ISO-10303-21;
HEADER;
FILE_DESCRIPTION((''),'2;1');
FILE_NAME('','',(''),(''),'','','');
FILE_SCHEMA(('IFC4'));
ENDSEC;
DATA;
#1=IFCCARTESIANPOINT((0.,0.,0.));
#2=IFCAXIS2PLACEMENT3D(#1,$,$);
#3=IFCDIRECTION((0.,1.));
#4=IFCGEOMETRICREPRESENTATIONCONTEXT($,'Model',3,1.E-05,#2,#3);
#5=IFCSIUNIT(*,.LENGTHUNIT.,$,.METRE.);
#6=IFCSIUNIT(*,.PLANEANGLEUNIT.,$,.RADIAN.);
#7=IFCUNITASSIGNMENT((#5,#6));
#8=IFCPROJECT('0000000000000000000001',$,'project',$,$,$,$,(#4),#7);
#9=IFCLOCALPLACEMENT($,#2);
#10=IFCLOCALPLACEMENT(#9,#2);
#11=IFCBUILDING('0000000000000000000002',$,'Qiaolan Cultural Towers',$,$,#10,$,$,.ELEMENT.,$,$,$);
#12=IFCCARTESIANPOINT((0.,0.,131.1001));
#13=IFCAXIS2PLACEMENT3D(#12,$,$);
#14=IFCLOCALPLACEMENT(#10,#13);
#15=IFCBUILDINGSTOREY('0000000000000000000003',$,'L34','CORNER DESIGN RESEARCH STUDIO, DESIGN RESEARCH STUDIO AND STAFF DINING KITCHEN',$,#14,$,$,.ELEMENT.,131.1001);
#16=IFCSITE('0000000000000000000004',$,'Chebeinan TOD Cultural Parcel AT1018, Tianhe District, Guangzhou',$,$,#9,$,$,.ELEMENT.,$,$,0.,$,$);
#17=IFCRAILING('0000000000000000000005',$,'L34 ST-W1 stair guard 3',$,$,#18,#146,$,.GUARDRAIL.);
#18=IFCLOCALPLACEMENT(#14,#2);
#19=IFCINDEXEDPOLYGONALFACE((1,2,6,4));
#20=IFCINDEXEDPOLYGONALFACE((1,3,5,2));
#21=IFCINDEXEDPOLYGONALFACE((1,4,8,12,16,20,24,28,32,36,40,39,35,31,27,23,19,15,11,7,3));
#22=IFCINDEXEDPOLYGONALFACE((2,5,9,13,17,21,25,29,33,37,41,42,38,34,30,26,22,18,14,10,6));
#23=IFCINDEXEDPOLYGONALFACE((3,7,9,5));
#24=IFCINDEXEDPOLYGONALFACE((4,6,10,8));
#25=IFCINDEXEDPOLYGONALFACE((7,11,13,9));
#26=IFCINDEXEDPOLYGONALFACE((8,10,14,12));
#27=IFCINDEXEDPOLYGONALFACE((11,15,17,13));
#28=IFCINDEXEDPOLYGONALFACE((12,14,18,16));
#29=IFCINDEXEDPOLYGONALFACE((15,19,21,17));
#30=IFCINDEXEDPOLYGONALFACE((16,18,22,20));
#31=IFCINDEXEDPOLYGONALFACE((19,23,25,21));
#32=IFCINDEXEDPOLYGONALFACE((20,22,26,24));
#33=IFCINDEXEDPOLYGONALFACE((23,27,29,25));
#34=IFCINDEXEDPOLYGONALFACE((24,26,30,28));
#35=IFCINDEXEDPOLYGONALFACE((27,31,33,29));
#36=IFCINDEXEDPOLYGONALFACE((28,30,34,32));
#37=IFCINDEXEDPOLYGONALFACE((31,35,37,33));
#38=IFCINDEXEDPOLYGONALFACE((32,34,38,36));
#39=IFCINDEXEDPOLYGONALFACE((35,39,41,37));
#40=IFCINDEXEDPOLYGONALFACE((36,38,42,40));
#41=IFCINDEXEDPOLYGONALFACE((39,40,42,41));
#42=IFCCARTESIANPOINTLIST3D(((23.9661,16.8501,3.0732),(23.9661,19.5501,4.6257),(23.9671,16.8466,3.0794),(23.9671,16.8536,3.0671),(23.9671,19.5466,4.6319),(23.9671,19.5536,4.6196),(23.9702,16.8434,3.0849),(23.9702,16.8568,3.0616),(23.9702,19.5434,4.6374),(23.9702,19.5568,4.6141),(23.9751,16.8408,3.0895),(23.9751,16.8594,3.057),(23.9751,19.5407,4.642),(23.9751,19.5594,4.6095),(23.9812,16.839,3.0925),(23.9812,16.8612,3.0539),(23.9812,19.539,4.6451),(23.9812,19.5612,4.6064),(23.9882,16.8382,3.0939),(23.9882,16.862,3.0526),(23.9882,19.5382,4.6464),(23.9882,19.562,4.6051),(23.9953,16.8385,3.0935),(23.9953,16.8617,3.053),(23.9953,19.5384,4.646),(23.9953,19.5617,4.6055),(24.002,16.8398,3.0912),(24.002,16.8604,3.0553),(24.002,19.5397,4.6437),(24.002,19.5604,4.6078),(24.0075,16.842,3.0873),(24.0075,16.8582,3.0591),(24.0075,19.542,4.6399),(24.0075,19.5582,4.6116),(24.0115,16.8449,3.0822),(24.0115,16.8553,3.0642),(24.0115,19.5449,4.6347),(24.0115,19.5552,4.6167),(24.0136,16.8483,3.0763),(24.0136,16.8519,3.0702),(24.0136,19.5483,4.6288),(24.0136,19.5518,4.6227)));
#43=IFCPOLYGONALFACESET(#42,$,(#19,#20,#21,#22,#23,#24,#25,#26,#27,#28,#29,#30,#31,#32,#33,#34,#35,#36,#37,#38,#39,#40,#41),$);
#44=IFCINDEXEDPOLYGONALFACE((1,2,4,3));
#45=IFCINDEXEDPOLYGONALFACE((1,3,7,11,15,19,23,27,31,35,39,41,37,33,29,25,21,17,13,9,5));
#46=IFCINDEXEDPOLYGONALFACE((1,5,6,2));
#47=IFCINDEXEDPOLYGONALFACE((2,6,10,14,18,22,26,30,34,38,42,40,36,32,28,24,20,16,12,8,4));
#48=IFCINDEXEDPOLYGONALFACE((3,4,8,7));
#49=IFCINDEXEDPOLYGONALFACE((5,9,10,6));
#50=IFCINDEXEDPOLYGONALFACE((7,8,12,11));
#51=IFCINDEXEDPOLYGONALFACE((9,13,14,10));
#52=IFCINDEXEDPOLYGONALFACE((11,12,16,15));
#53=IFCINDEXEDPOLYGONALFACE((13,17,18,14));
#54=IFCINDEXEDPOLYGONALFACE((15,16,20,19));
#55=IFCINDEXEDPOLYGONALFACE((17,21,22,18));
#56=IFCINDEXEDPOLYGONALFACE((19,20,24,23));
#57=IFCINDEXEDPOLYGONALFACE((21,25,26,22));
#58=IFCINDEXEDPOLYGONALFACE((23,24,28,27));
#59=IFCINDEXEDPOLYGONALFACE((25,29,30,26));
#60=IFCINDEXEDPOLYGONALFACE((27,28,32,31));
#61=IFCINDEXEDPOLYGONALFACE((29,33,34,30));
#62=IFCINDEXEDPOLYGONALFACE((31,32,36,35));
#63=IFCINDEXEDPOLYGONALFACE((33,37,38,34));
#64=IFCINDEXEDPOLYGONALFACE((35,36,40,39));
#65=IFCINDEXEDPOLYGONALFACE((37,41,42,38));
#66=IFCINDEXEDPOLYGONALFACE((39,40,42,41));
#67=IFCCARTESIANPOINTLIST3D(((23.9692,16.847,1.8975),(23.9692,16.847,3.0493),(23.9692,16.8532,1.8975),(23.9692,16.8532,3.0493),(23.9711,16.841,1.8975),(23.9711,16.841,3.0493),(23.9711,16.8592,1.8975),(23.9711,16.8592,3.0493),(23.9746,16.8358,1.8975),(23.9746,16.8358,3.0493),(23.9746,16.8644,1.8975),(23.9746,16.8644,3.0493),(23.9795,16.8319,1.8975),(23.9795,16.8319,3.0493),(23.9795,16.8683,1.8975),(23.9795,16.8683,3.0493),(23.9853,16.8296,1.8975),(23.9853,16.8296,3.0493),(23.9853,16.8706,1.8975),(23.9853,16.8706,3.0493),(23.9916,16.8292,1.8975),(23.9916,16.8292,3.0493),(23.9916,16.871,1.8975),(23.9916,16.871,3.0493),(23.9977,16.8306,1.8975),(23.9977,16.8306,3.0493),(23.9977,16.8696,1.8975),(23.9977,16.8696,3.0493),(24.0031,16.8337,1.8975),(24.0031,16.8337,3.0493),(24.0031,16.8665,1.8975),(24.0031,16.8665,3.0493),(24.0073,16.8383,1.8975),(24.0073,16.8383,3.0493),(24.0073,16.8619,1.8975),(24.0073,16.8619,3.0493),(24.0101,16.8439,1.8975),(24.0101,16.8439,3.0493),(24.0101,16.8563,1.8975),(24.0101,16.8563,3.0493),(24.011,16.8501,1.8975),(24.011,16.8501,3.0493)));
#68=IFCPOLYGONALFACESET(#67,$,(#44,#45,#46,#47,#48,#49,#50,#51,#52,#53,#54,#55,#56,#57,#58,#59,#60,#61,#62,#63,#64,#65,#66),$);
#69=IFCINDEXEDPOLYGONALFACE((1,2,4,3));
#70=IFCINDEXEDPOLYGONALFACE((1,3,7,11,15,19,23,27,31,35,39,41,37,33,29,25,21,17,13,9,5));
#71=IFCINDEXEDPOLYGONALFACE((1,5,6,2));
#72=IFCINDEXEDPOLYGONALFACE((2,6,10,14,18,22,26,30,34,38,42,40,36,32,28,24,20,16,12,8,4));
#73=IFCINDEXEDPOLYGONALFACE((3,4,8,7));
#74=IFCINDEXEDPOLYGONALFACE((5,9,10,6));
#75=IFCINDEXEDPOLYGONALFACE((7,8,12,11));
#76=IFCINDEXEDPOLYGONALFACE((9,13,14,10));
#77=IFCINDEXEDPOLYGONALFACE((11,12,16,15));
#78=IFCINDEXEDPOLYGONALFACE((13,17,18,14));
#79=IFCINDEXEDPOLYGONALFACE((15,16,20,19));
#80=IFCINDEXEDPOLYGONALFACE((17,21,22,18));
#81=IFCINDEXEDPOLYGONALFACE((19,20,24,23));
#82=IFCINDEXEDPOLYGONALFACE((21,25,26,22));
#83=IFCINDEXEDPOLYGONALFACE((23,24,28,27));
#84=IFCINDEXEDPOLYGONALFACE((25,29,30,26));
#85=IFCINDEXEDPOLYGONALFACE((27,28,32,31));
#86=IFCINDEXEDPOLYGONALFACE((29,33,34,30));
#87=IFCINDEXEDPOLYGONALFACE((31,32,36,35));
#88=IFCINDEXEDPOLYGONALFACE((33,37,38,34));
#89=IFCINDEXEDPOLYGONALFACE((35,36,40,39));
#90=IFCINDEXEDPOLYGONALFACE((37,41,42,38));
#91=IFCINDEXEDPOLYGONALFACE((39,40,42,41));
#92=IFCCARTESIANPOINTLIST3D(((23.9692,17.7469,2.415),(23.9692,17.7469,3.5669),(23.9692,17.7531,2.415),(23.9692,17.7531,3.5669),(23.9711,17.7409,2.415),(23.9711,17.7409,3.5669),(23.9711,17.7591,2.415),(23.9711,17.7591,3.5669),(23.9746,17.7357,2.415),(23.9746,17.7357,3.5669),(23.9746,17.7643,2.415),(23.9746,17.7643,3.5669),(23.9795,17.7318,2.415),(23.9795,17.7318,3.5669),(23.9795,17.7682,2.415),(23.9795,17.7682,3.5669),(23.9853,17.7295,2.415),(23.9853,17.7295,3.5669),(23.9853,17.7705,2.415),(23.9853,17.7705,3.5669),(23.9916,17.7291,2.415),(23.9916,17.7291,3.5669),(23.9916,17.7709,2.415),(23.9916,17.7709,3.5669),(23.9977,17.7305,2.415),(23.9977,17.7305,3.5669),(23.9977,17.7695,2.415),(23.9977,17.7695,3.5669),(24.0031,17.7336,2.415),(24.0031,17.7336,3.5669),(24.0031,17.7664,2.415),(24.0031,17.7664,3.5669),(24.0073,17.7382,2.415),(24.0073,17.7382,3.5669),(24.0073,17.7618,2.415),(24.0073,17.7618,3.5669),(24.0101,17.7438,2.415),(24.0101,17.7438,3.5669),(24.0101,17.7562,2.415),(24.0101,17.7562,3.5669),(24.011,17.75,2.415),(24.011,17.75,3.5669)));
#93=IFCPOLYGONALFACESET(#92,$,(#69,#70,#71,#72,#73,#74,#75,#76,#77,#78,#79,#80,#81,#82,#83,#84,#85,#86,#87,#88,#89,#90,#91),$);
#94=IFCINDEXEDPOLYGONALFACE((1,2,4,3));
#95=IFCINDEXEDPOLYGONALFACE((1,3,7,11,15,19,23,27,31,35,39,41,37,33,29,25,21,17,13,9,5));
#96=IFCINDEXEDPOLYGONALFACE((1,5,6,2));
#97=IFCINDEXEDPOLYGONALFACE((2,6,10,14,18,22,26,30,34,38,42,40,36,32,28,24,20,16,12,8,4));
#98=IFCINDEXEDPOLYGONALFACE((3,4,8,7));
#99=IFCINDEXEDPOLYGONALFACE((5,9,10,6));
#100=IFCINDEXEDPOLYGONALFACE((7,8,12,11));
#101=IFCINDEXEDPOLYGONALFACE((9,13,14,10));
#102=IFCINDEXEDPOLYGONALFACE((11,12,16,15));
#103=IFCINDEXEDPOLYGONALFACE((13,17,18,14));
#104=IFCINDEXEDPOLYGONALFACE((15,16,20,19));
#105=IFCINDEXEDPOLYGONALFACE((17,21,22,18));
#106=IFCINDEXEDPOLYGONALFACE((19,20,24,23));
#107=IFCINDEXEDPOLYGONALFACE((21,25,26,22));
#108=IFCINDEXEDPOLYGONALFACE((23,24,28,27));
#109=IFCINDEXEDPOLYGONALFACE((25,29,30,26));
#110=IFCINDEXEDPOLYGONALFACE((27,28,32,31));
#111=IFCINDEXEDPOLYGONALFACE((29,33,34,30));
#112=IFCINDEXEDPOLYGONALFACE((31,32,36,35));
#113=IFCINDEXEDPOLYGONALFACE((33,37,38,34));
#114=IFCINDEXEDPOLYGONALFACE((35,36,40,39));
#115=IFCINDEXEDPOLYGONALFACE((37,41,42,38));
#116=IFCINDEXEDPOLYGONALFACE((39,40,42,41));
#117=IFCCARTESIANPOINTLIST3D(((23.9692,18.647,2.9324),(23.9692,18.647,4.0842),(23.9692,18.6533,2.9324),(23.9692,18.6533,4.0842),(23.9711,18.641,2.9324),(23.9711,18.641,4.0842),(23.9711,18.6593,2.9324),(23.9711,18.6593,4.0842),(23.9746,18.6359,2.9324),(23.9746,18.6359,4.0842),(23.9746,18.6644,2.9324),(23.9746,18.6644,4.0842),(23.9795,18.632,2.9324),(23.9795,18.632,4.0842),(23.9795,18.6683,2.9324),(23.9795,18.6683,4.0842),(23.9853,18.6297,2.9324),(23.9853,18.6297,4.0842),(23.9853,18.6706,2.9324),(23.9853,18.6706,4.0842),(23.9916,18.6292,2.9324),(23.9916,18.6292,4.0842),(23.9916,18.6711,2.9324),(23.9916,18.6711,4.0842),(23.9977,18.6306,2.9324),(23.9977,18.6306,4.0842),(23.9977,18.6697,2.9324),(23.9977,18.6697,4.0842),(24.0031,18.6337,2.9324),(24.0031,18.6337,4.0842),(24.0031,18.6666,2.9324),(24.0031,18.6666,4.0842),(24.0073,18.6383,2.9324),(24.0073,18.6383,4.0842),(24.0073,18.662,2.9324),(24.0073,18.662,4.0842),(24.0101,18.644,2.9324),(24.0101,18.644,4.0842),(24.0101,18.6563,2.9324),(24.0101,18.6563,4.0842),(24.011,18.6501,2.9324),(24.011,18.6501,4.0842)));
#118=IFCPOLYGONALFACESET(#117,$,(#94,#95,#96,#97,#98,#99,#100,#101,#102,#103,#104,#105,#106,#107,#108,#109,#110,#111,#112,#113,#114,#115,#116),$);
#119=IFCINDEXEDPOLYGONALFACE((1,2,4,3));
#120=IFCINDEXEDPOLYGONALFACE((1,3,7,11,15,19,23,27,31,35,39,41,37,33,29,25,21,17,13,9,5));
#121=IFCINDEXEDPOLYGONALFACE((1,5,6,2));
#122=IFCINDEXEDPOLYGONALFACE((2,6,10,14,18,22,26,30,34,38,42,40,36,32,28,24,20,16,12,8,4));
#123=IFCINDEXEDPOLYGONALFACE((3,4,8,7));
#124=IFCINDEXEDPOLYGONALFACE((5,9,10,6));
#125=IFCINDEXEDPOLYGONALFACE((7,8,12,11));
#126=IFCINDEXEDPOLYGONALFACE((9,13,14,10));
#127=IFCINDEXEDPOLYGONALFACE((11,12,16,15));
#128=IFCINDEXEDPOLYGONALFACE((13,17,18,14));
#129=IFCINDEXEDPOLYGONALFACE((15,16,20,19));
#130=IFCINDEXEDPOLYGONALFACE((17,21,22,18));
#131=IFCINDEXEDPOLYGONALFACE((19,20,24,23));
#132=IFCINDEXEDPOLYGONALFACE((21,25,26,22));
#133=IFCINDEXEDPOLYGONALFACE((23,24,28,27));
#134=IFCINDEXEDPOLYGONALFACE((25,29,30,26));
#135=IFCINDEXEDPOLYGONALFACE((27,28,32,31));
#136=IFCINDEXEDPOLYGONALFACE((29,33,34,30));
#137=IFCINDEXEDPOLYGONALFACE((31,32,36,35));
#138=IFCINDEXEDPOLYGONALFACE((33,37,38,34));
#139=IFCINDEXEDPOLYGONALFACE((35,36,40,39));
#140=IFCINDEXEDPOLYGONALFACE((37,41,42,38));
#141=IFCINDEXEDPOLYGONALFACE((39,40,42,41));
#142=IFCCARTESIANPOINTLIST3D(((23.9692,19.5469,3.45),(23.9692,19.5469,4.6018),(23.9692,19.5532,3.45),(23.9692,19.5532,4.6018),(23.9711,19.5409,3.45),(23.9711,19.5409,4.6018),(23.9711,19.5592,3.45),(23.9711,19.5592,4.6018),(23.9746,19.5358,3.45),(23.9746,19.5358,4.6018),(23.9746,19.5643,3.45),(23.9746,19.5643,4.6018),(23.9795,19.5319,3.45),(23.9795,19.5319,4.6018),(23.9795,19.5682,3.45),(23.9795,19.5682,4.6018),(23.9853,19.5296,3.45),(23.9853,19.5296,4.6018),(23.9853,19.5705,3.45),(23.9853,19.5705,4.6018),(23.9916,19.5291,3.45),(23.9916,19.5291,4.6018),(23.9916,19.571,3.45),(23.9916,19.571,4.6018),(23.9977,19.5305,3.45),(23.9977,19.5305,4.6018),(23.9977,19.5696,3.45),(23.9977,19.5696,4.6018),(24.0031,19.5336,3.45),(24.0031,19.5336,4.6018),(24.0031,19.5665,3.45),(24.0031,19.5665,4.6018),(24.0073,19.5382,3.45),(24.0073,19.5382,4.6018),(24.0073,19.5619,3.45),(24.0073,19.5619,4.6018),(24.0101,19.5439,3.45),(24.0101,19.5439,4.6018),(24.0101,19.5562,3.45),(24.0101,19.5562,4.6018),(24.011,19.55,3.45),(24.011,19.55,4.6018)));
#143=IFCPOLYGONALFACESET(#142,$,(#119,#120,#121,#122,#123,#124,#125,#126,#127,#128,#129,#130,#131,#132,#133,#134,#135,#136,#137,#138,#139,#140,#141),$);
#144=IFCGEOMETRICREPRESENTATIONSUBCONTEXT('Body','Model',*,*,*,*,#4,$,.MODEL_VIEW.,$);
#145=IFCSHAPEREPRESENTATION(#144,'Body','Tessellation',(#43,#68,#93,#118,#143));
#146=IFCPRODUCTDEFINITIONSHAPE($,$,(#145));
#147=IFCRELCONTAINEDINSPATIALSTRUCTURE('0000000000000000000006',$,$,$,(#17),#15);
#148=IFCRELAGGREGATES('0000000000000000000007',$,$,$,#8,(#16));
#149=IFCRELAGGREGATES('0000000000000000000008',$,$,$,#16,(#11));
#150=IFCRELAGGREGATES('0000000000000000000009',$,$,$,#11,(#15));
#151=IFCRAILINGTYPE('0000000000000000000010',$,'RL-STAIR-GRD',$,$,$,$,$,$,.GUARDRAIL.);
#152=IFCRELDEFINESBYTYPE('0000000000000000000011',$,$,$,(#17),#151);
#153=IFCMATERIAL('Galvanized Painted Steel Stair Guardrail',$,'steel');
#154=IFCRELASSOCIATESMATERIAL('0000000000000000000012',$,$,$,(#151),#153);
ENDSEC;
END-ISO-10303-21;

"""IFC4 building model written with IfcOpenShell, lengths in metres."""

from ifc_helpers import new_model, si_unit, direction, frame, origin, origin_2d, place, context, subcontext, project, spatial, circle, extrude, material, type_object, element, save


model = new_model("IFC4")

# Units and contexts
model_context = context("Model", 3, precision=1e-05, world=origin(), true_north=direction((0.0, 1.0)))
body_context = subcontext(model_context, "Body", "Model", "MODEL_VIEW")
ifc_project = project(units=[si_unit("LENGTHUNIT", "METRE"), si_unit("PLANEANGLEUNIT", "RADIAN")], contexts=[model_context])

# Site, building, storey
site_placement = place(None, origin())
site = spatial("IfcSite", under=ifc_project, at=site_placement, Name="Chebeinan TOD Cultural Parcel AT1018, Tianhe District, Guangzhou", CompositionType="ELEMENT", RefElevation=0.0)
building_placement = place(site_placement, origin())
building = spatial("IfcBuilding", under=site, at=building_placement, Name="Qiaolan Cultural Towers", CompositionType="ELEMENT")
storey_placement = place(building_placement, frame((0.0, 0.0, 131.1001)))
storey = spatial("IfcBuildingStorey", under=building, at=storey_placement, Name="L34", Description="CORNER DESIGN RESEARCH STUDIO, DESIGN RESEARCH STUDIO AND STAFF DINING KITCHEN", CompositionType="ELEMENT", Elevation=131.1001)

# Railing
ifc_material_1 = material(Name="Galvanized Painted Steel Stair Guardrail", Category="steel")
railing_type_1 = type_object("IfcRailingType", Name="RL-STAIR-GRD", PredefinedType="GUARDRAIL", material=ifc_material_1)
railing_1_placement = place(storey_placement, frame((23.99, 16.8501, 1.8975)))
element("IfcRailing", 1, at=railing_1_placement, inside=storey, type_object=railing_type_1, Name="L34 ST-W1 stair guard 3", PredefinedType="GUARDRAIL", context=body_context, shape_type="SweptSolid", body=[
    extrude(circle(Radius=0.0239, at=origin_2d()), frame((0.0, 0.0, 1.1758), z_axis=(0.0, 0.866904, 0.498476), x_axis=(-1.0, 0.0, 0.0)), (0.0, 0.0, 1.0), 3.1145),
    extrude(circle(Radius=0.021, at=origin_2d()), origin(), (0.0, 0.0, 1.0), 1.1519),
    extrude(circle(Radius=0.021, at=origin_2d()), frame((0.0, 0.8999, 0.5176)), (0.0, 0.0, 1.0), 1.1519),
    extrude(circle(Radius=0.021, at=origin_2d()), frame((0.0, 1.8, 1.0349)), (0.0, 0.0, 1.0), 1.1519),
    extrude(circle(Radius=0.021, at=origin_2d()), frame((0.0, 2.7, 1.5525)), (0.0, 0.0, 1.0), 1.1519),
])

save(model, "model.ifc")
